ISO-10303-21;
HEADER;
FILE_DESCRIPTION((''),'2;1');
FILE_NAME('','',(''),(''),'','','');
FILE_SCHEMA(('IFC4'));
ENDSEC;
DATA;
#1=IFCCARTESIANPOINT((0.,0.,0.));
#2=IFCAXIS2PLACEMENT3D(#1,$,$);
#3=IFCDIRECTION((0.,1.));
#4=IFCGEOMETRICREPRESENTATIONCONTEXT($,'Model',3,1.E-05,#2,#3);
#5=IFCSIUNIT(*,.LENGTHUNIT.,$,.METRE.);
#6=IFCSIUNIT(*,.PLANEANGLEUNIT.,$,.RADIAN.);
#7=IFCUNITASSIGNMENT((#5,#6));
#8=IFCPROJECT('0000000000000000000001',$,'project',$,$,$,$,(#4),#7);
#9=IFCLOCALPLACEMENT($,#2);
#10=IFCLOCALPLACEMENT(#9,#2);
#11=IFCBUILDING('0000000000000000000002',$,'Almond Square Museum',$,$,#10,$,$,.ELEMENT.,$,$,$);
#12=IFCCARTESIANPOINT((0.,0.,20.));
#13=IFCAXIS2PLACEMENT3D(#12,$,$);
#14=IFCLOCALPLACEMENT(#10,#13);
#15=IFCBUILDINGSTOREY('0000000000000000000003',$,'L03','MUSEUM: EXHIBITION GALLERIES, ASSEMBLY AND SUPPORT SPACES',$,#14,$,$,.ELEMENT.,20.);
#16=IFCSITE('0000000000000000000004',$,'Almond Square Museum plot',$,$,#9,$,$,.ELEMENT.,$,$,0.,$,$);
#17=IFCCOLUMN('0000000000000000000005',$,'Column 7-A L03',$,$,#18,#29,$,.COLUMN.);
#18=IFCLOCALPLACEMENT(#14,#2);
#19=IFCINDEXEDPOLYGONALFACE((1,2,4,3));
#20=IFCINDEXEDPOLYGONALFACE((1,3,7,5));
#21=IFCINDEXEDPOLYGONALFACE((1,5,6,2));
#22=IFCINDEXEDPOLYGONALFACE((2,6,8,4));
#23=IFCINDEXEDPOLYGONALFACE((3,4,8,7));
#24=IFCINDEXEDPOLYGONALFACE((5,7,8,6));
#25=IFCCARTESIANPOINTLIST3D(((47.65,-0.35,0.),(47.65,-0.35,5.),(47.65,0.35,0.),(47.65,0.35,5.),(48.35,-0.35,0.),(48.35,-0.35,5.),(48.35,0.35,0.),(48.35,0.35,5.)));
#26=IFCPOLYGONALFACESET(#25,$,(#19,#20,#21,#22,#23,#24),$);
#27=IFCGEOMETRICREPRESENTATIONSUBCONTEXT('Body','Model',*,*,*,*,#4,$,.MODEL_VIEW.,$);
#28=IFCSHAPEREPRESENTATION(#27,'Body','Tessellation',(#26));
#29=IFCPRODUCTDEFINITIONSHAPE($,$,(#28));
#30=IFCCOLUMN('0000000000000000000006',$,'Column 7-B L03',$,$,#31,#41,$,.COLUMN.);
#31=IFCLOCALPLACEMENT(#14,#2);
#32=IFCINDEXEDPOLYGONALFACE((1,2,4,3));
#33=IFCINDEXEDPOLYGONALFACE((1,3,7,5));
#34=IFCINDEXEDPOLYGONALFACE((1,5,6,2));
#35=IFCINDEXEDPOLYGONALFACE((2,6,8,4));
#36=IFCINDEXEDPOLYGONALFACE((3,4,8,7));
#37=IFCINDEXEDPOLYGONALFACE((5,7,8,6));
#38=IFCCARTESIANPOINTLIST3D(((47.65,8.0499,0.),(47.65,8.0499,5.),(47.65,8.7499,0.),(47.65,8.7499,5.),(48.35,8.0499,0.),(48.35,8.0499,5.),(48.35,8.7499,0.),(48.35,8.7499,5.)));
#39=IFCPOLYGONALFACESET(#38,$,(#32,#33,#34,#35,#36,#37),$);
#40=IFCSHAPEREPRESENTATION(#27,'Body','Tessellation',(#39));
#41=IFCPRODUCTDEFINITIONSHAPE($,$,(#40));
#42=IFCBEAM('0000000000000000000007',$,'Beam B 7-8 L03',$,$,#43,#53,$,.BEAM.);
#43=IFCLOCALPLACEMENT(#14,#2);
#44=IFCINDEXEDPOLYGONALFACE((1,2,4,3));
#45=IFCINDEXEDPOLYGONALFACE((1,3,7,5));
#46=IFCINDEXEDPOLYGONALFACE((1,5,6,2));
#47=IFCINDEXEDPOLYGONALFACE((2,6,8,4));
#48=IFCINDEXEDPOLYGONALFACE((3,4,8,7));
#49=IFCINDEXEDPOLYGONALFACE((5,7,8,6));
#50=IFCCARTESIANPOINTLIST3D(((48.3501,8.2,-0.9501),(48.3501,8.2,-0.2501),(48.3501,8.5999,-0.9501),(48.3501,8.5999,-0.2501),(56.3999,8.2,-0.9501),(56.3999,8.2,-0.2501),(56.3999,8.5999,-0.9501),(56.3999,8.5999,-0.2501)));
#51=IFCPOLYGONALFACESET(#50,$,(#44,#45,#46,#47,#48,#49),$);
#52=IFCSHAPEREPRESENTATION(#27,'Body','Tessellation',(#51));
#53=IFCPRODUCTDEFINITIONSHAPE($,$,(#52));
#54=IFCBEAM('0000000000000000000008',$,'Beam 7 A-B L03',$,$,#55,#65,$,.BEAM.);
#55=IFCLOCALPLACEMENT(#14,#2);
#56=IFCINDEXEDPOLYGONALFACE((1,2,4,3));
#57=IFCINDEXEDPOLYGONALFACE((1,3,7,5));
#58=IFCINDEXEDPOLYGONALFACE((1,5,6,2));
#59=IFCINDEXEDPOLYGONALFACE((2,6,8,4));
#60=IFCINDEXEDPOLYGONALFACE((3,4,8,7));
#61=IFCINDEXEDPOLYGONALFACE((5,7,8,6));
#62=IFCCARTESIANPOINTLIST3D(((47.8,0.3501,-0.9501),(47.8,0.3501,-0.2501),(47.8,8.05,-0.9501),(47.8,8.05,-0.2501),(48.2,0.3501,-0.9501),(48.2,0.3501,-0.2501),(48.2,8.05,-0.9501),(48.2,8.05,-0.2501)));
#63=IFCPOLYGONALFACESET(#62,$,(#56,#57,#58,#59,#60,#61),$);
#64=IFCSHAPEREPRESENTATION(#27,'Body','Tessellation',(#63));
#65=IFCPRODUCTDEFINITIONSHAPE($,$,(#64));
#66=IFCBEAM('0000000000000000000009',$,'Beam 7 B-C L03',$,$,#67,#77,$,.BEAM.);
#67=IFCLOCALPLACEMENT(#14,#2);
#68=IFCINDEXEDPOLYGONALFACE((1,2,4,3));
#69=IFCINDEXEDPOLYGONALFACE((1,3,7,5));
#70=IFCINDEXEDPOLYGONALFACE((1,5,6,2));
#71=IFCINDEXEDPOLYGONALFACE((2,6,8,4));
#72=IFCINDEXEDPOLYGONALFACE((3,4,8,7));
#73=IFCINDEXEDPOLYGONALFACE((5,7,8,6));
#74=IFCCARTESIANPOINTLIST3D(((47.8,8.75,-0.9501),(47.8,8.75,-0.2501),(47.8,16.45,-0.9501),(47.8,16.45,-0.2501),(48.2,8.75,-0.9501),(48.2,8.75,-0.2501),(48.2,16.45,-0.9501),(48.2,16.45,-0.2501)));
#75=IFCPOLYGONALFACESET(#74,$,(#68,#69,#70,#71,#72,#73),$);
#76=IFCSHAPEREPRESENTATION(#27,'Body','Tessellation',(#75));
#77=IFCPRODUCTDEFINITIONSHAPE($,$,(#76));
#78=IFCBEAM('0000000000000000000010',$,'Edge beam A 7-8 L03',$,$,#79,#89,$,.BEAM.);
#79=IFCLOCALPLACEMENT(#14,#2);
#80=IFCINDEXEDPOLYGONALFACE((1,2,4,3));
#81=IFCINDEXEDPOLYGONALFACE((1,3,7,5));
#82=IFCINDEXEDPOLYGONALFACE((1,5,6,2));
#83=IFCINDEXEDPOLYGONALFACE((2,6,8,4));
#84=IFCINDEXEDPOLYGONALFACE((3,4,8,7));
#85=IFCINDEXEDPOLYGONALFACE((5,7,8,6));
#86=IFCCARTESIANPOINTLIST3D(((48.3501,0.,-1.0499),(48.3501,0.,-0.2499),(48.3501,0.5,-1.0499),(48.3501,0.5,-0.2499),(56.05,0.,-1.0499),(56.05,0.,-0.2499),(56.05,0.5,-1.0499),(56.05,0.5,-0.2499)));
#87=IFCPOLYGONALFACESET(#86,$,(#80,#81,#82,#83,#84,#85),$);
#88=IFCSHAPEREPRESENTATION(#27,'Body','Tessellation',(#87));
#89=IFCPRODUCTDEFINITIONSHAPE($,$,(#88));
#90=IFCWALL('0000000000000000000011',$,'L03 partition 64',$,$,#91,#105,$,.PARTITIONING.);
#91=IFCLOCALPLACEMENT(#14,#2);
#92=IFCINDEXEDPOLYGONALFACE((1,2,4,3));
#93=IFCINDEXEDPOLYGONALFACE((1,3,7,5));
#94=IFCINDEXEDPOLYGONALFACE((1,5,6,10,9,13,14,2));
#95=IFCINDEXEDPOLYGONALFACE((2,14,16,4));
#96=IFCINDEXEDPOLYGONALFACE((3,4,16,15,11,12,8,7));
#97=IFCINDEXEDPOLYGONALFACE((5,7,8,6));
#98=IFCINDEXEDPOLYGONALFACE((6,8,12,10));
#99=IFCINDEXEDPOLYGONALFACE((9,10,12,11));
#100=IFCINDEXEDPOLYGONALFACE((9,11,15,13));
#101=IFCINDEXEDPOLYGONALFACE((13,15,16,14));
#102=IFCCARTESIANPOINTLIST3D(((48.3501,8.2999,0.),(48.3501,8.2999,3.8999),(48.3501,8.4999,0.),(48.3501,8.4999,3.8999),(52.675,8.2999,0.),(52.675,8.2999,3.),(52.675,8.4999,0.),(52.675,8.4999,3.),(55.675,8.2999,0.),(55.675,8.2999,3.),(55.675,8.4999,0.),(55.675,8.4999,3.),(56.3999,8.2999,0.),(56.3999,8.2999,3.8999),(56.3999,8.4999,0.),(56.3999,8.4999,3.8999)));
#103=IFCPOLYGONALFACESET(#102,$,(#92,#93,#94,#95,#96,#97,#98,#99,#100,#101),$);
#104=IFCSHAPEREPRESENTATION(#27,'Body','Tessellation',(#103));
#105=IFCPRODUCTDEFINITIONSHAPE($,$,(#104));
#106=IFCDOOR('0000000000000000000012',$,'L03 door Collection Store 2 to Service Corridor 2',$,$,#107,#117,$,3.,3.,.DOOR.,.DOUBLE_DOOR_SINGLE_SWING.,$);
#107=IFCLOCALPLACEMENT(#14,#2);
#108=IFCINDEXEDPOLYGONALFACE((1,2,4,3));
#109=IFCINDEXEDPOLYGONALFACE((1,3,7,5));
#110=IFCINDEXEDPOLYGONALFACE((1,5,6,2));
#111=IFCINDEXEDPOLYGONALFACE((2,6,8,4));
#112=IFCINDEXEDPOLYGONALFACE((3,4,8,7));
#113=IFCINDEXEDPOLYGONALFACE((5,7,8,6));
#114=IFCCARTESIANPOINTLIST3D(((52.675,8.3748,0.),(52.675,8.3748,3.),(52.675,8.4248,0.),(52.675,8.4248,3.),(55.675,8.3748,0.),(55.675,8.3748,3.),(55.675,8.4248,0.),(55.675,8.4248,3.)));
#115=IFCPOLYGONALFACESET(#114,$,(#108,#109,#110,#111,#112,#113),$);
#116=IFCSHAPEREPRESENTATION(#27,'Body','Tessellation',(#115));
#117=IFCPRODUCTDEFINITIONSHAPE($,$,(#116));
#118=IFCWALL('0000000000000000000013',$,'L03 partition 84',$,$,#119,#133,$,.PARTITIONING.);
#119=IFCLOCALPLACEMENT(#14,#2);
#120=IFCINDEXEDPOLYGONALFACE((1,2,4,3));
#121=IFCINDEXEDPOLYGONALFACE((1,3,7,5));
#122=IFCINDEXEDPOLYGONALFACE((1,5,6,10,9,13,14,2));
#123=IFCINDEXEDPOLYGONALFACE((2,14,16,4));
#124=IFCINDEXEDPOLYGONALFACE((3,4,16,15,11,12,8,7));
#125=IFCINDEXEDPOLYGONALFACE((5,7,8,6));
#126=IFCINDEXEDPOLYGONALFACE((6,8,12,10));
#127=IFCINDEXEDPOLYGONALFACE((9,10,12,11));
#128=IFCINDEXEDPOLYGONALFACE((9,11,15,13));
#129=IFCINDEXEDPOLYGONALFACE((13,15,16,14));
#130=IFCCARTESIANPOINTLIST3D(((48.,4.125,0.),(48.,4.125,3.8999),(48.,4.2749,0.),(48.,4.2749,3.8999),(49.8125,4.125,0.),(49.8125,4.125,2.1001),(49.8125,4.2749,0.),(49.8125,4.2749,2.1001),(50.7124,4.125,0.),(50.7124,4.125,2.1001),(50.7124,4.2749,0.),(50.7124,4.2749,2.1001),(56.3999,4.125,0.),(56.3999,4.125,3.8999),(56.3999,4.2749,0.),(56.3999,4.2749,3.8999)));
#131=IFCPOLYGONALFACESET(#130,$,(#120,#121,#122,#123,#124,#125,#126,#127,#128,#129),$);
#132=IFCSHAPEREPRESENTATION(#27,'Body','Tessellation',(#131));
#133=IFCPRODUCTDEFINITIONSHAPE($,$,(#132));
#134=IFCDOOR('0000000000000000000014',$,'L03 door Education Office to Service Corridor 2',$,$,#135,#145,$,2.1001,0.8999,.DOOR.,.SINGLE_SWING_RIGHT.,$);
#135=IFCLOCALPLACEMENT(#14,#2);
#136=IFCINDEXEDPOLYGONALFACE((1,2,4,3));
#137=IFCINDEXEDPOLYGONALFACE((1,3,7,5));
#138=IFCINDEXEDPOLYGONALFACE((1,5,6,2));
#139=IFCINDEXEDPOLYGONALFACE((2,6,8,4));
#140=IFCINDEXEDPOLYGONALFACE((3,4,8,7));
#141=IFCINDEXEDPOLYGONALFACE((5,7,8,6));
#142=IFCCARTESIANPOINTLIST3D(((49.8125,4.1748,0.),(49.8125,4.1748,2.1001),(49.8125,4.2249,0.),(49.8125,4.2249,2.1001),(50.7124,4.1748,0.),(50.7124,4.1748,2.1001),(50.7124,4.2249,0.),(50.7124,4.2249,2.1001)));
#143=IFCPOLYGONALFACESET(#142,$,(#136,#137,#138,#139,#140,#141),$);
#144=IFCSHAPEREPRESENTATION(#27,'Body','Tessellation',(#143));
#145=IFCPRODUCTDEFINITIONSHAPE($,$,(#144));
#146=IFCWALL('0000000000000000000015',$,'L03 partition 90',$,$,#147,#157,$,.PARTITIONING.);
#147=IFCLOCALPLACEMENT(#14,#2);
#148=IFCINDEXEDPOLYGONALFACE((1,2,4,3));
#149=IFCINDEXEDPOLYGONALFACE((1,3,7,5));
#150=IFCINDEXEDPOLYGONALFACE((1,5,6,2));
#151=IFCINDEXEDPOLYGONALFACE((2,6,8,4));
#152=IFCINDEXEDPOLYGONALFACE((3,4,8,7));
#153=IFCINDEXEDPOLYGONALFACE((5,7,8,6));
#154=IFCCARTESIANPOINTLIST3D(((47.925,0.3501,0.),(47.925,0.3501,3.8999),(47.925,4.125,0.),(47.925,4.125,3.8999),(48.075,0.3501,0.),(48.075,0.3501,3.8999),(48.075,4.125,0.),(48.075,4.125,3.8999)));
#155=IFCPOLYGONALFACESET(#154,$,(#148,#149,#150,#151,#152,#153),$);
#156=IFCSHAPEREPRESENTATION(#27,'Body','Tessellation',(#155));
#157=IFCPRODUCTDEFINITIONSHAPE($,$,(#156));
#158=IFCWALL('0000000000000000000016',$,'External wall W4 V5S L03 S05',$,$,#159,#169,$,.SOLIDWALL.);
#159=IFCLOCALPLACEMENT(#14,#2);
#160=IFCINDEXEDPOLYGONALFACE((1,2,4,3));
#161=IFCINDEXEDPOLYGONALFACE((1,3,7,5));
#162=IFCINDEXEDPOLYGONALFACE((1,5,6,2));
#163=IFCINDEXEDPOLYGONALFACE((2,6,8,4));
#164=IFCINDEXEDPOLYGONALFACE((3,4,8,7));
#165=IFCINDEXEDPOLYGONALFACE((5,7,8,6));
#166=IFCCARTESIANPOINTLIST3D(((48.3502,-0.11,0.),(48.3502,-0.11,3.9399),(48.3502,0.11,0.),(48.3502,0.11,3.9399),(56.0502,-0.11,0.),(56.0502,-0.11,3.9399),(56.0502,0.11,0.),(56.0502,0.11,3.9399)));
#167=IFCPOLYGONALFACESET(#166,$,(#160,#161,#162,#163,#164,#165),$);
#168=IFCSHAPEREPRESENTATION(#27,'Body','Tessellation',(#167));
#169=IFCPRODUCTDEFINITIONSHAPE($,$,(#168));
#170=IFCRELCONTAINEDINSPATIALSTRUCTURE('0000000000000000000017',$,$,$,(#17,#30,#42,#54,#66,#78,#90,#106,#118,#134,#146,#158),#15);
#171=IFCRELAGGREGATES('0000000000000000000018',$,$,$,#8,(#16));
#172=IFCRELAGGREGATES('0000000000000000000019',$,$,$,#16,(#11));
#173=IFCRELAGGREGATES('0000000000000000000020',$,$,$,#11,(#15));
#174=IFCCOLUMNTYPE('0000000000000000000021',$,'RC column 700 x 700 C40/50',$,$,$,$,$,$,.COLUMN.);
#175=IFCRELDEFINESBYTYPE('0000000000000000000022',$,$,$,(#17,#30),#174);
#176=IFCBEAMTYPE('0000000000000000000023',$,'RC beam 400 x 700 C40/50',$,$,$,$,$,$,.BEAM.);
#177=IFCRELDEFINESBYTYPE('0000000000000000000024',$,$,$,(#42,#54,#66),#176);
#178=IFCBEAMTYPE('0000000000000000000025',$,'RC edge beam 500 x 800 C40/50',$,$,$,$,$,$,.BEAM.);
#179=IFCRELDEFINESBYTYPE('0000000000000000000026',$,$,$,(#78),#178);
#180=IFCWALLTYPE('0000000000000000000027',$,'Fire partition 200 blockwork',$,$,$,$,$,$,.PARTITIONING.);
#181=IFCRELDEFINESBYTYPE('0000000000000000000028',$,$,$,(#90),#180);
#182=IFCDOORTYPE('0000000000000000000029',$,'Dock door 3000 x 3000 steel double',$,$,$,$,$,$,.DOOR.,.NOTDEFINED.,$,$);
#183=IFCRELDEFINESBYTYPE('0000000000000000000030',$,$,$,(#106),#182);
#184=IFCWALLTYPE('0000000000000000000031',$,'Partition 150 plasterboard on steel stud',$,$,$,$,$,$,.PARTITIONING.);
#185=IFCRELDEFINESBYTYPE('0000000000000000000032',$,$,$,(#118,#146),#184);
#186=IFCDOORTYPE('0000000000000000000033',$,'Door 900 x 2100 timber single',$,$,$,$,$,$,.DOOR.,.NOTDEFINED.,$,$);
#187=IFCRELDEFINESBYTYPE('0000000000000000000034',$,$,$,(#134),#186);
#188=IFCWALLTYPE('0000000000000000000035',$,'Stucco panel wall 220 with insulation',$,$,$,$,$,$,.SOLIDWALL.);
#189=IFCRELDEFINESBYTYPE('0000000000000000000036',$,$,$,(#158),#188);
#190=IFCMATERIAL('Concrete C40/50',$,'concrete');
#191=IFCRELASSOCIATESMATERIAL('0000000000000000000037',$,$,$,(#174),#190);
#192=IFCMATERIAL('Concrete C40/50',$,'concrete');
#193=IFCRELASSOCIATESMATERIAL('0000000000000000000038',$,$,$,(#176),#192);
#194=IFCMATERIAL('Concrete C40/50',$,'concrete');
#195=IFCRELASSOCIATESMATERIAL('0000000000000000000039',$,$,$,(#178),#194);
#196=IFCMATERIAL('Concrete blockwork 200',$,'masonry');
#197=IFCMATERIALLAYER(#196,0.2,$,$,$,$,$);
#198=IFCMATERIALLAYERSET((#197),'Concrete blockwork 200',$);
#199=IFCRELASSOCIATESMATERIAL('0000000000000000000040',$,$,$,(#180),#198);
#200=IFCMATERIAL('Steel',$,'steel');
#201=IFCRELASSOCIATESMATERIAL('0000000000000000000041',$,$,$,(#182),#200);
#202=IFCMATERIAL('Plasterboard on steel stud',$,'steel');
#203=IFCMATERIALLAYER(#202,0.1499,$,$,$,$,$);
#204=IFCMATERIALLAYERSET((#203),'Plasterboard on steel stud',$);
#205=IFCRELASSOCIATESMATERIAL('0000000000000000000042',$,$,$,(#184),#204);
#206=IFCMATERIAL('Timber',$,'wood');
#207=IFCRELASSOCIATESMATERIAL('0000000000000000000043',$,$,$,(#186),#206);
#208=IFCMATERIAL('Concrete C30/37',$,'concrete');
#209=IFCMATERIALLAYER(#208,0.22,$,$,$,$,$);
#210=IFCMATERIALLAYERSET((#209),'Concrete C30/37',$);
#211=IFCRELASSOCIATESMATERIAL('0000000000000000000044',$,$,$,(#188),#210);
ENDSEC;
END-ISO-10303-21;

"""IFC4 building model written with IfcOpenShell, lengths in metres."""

from ifc_helpers import new_model, si_unit, direction, frame, frame_2d, origin, origin_2d, place, context, subcontext, project, spatial, rectangle, extrude, material, layer, layer_set, material_profile, profile_set, type_object, element, fill, save


model = new_model("IFC4")

# Units and contexts
model_context = context("Model", 3, precision=1e-05, world=origin(), true_north=direction((0.0, 1.0)))
body_context = subcontext(model_context, "Body", "Model", "MODEL_VIEW")
ifc_project = project(units=[si_unit("LENGTHUNIT", "METRE"), si_unit("PLANEANGLEUNIT", "RADIAN")], contexts=[model_context])

# Site, building, storey
site_placement = place(None, origin())
site = spatial("IfcSite", under=ifc_project, at=site_placement, Name="Almond Square Museum plot", CompositionType="ELEMENT", RefElevation=0.0)
building_placement = place(site_placement, origin())
building = spatial("IfcBuilding", under=site, at=building_placement, Name="Almond Square Museum", CompositionType="ELEMENT")
storey_placement = place(building_placement, frame((0.0, 0.0, 20.0)))
storey = spatial("IfcBuildingStorey", under=building, at=storey_placement, Name="L03", Description="MUSEUM: EXHIBITION GALLERIES, ASSEMBLY AND SUPPORT SPACES", CompositionType="ELEMENT", Elevation=20.0)

# Columns
ifc_material_1 = material(Name="Concrete C40/50", Category="concrete")
ifc_material_profile_1 = material_profile(ifc_material_1, rectangle(XDim=0.7, YDim=0.7, at=origin_2d()))
ifc_profile_set_1 = profile_set([ifc_material_profile_1], Name="Concrete C40/50")
column_type = type_object("IfcColumnType", Name="RC column 700 x 700 C40/50", PredefinedType="COLUMN", material=ifc_profile_set_1)
for number, where, z_axis, x_axis, name in (
    (1, (48.0, 0.0, 0.0), (0.0, 0.0, 1.0), (1.0, 0.0, 0.0), "Column 7-A L03"),
    (2, (48.0, 8.3999, 0.0), (0.0, 0.0, 1.0), (1.0, 0.0, 0.0), "Column 7-B L03"),
):
    element("IfcColumn", number, at=place(storey_placement, frame(where, z_axis=z_axis, x_axis=x_axis)), inside=storey, type_object=column_type, Name=name, PredefinedType="COLUMN", context=body_context, shape_type="SweptSolid", body=[
        extrude(rectangle(XDim=0.7, YDim=0.7, at=origin_2d()), origin(), (0.0, 0.0, 1.0), 5.0),
    ])

# Beams
ifc_material_2 = material(Name="Concrete C40/50", Category="concrete")
ifc_material_profile_2 = material_profile(ifc_material_2, rectangle(XDim=0.3999, YDim=0.7, at=origin_2d()))
ifc_profile_set_2 = profile_set([ifc_material_profile_2], Name="Concrete C40/50")
beam_type_1 = type_object("IfcBeamType", Name="RC beam 400 x 700 C40/50", PredefinedType="BEAM", material=ifc_profile_set_2)
beam_1_placement = place(storey_placement, frame((48.3501, 8.3999, -0.6001), z_axis=(1.0, 0.0, 0.0), x_axis=(0.0, 1.0, 0.0)))
element("IfcBeam", 3, at=beam_1_placement, inside=storey, type_object=beam_type_1, Name="Beam B 7-8 L03", PredefinedType="BEAM", context=body_context, shape_type="SweptSolid", body=[
    extrude(rectangle(XDim=0.3999, YDim=0.7, at=origin_2d()), origin(), (0.0, 0.0, 1.0), 8.0498),
])
for number, where, z_axis, x_axis, name in (
    (4, (48.0, 0.3501, -0.6001), (0.0, 1.0, 0.0), (-1.0, 0.0, 0.0), "Beam 7 A-B L03"),
    (5, (48.0, 8.75, -0.6001), (0.0, 1.0, 0.0), (-1.0, 0.0, 0.0), "Beam 7 B-C L03"),
):
    element("IfcBeam", number, at=place(storey_placement, frame(where, z_axis=z_axis, x_axis=x_axis)), inside=storey, type_object=beam_type_1, Name=name, PredefinedType="BEAM", context=body_context, shape_type="SweptSolid", body=[
        extrude(rectangle(XDim=0.3999, YDim=0.7, at=origin_2d()), origin(), (0.0, 0.0, 1.0), 7.7),
    ])
ifc_material_3 = material(Name="Concrete C40/50", Category="concrete")
ifc_material_profile_3 = material_profile(ifc_material_3, rectangle(XDim=0.5, YDim=0.8, at=origin_2d()))
ifc_profile_set_3 = profile_set([ifc_material_profile_3], Name="Concrete C40/50")
beam_type_2 = type_object("IfcBeamType", Name="RC edge beam 500 x 800 C40/50", PredefinedType="BEAM", material=ifc_profile_set_3)
beam_2_placement = place(storey_placement, frame((48.3501, 0.25, -0.6499), z_axis=(1.0, 0.0, 0.0), x_axis=(0.0, 1.0, 0.0)))
element("IfcBeam", 6, at=beam_2_placement, inside=storey, type_object=beam_type_2, Name="Edge beam A 7-8 L03", PredefinedType="BEAM", context=body_context, shape_type="SweptSolid", body=[
    extrude(rectangle(XDim=0.5, YDim=0.8, at=origin_2d()), origin(), (0.0, 0.0, 1.0), 7.7),
])

# Walls, openings, doors
ifc_material_4 = material(Name="Concrete blockwork 200", Category="masonry")
ifc_layer_1 = layer(ifc_material_4, 0.2)
ifc_layer_set_1 = layer_set([ifc_layer_1], Name="Concrete blockwork 200")
wall_type_1 = type_object("IfcWallType", Name="Fire partition 200 blockwork", PredefinedType="PARTITIONING", material=ifc_layer_set_1)
wall_1_placement = place(storey_placement, frame((48.3501, 8.3999, 0.0), z_axis=(0.0, 0.0, 1.0), x_axis=(1.0, 0.0, 0.0)))
wall_1 = element("IfcWall", 7, at=wall_1_placement, inside=storey, type_object=wall_type_1, Name="L03 partition 64", PredefinedType="PARTITIONING", context=body_context, shape_type="SweptSolid", body=[
    extrude(rectangle(XDim=8.0498, YDim=0.2, at=frame_2d((4.0249, 0.0))), origin(), (0.0, 0.0, 1.0), 3.8999),
])
opening_1_placement = place(wall_1_placement, frame((4.325, 0.0, 0.0)))
opening_1 = element("IfcOpeningElement", 8, at=opening_1_placement, cuts=wall_1, PredefinedType="OPENING", context=body_context, shape_type="SweptSolid", body=[
    extrude(rectangle(XDim=3.0, YDim=3.0, at=frame_2d((1.5, 1.5))), frame((0.0, 0.1099, 0.0), z_axis=(0.0, -1.0, 0.0), x_axis=(1.0, 0.0, 0.0)), (0.0, 0.0, 1.0), 0.22),
])
ifc_material_5 = material(Name="Steel", Category="steel")
door_type_1 = type_object("IfcDoorType", Name="Dock door 3000 x 3000 steel double", OperationType="NOTDEFINED", PredefinedType="DOOR", material=ifc_material_5)
door_1_placement = place(opening_1_placement, origin())
door_1 = element("IfcDoor", 9, at=door_1_placement, inside=storey, type_object=door_type_1, Name="L03 door Collection Store 2 to Service Corridor 2", OperationType="DOUBLE_DOOR_SINGLE_SWING", OverallHeight=3.0, OverallWidth=3.0, PredefinedType="DOOR", context=body_context, shape_type="SweptSolid", body=[
    extrude(rectangle(XDim=3.0, YDim=3.0, at=frame_2d((1.5, 1.5))), frame((0.0, 0.0249, 0.0), z_axis=(0.0, -1.0, 0.0), x_axis=(1.0, 0.0, 0.0)), (0.0, 0.0, 1.0), 0.05),
])
fill(opening_1, door_1)
ifc_material_6 = material(Name="Plasterboard on steel stud", Category="steel")
ifc_layer_2 = layer(ifc_material_6, 0.1499)
ifc_layer_set_2 = layer_set([ifc_layer_2], Name="Plasterboard on steel stud")
wall_type_2 = type_object("IfcWallType", Name="Partition 150 plasterboard on steel stud", PredefinedType="PARTITIONING", material=ifc_layer_set_2)
wall_2_placement = place(storey_placement, frame((48.0, 4.2, 0.0), z_axis=(0.0, 0.0, 1.0), x_axis=(1.0, 0.0, 0.0)))
wall_2 = element("IfcWall", 10, at=wall_2_placement, inside=storey, type_object=wall_type_2, Name="L03 partition 84", PredefinedType="PARTITIONING", context=body_context, shape_type="SweptSolid", body=[
    extrude(rectangle(XDim=8.3999, YDim=0.1499, at=frame_2d((4.2, 0.0))), origin(), (0.0, 0.0, 1.0), 3.8999),
])
opening_2_placement = place(wall_2_placement, frame((1.8125, 0.0, 0.0)))
opening_2 = element("IfcOpeningElement", 11, at=opening_2_placement, cuts=wall_2, PredefinedType="OPENING", context=body_context, shape_type="SweptSolid", body=[
    extrude(rectangle(XDim=0.8999, YDim=2.1001, at=frame_2d((0.45, 1.05))), frame((0.0, 0.085, 0.0), z_axis=(0.0, -1.0, 0.0), x_axis=(1.0, 0.0, 0.0)), (0.0, 0.0, 1.0), 0.1699),
])
ifc_material_7 = material(Name="Timber", Category="wood")
door_type_2 = type_object("IfcDoorType", Name="Door 900 x 2100 timber single", OperationType="NOTDEFINED", PredefinedType="DOOR", material=ifc_material_7)
door_2_placement = place(opening_2_placement, origin())
door_2 = element("IfcDoor", 12, at=door_2_placement, inside=storey, type_object=door_type_2, Name="L03 door Education Office to Service Corridor 2", OperationType="SINGLE_SWING_RIGHT", OverallHeight=2.1001, OverallWidth=0.8999, PredefinedType="DOOR", context=body_context, shape_type="SweptSolid", body=[
    extrude(rectangle(XDim=0.8999, YDim=2.1001, at=frame_2d((0.45, 1.05))), frame((0.0, 0.0249, 0.0), z_axis=(0.0, -1.0, 0.0), x_axis=(1.0, 0.0, 0.0)), (0.0, 0.0, 1.0), 0.05),
])
fill(opening_2, door_2)

# Walls
wall_3_placement = place(storey_placement, frame((48.0, 0.3501, 0.0), z_axis=(0.0, 0.0, 1.0), x_axis=(0.0, 1.0, 0.0)))
element("IfcWall", 13, at=wall_3_placement, inside=storey, type_object=wall_type_2, Name="L03 partition 90", PredefinedType="PARTITIONING", context=body_context, shape_type="SweptSolid", body=[
    extrude(rectangle(XDim=3.7749, YDim=0.1499, at=frame_2d((1.8875, 0.0))), origin(), (0.0, 0.0, 1.0), 3.8999),
])
ifc_material_8 = material(Name="Concrete C30/37", Category="concrete")
ifc_layer_3 = layer(ifc_material_8, 0.22)
ifc_layer_set_3 = layer_set([ifc_layer_3], Name="Concrete C30/37")
wall_type_3 = type_object("IfcWallType", Name="Stucco panel wall 220 with insulation", PredefinedType="SOLIDWALL", material=ifc_layer_set_3)
wall_4_placement = place(storey_placement, frame((48.3501, 0.0, 0.0), z_axis=(0.0, 0.0, 1.0), x_axis=(1.0, 0.0, 0.0)))
element("IfcWall", 14, at=wall_4_placement, inside=storey, type_object=wall_type_3, Name="External wall W4 V5S L03 S05", PredefinedType="SOLIDWALL", context=body_context, shape_type="SweptSolid", body=[
    extrude(rectangle(XDim=7.7, YDim=0.22, at=frame_2d((3.8501, 0.0))), origin(), (0.0, 0.0, 1.0), 3.9399),
])

save(model, "model.ifc")
